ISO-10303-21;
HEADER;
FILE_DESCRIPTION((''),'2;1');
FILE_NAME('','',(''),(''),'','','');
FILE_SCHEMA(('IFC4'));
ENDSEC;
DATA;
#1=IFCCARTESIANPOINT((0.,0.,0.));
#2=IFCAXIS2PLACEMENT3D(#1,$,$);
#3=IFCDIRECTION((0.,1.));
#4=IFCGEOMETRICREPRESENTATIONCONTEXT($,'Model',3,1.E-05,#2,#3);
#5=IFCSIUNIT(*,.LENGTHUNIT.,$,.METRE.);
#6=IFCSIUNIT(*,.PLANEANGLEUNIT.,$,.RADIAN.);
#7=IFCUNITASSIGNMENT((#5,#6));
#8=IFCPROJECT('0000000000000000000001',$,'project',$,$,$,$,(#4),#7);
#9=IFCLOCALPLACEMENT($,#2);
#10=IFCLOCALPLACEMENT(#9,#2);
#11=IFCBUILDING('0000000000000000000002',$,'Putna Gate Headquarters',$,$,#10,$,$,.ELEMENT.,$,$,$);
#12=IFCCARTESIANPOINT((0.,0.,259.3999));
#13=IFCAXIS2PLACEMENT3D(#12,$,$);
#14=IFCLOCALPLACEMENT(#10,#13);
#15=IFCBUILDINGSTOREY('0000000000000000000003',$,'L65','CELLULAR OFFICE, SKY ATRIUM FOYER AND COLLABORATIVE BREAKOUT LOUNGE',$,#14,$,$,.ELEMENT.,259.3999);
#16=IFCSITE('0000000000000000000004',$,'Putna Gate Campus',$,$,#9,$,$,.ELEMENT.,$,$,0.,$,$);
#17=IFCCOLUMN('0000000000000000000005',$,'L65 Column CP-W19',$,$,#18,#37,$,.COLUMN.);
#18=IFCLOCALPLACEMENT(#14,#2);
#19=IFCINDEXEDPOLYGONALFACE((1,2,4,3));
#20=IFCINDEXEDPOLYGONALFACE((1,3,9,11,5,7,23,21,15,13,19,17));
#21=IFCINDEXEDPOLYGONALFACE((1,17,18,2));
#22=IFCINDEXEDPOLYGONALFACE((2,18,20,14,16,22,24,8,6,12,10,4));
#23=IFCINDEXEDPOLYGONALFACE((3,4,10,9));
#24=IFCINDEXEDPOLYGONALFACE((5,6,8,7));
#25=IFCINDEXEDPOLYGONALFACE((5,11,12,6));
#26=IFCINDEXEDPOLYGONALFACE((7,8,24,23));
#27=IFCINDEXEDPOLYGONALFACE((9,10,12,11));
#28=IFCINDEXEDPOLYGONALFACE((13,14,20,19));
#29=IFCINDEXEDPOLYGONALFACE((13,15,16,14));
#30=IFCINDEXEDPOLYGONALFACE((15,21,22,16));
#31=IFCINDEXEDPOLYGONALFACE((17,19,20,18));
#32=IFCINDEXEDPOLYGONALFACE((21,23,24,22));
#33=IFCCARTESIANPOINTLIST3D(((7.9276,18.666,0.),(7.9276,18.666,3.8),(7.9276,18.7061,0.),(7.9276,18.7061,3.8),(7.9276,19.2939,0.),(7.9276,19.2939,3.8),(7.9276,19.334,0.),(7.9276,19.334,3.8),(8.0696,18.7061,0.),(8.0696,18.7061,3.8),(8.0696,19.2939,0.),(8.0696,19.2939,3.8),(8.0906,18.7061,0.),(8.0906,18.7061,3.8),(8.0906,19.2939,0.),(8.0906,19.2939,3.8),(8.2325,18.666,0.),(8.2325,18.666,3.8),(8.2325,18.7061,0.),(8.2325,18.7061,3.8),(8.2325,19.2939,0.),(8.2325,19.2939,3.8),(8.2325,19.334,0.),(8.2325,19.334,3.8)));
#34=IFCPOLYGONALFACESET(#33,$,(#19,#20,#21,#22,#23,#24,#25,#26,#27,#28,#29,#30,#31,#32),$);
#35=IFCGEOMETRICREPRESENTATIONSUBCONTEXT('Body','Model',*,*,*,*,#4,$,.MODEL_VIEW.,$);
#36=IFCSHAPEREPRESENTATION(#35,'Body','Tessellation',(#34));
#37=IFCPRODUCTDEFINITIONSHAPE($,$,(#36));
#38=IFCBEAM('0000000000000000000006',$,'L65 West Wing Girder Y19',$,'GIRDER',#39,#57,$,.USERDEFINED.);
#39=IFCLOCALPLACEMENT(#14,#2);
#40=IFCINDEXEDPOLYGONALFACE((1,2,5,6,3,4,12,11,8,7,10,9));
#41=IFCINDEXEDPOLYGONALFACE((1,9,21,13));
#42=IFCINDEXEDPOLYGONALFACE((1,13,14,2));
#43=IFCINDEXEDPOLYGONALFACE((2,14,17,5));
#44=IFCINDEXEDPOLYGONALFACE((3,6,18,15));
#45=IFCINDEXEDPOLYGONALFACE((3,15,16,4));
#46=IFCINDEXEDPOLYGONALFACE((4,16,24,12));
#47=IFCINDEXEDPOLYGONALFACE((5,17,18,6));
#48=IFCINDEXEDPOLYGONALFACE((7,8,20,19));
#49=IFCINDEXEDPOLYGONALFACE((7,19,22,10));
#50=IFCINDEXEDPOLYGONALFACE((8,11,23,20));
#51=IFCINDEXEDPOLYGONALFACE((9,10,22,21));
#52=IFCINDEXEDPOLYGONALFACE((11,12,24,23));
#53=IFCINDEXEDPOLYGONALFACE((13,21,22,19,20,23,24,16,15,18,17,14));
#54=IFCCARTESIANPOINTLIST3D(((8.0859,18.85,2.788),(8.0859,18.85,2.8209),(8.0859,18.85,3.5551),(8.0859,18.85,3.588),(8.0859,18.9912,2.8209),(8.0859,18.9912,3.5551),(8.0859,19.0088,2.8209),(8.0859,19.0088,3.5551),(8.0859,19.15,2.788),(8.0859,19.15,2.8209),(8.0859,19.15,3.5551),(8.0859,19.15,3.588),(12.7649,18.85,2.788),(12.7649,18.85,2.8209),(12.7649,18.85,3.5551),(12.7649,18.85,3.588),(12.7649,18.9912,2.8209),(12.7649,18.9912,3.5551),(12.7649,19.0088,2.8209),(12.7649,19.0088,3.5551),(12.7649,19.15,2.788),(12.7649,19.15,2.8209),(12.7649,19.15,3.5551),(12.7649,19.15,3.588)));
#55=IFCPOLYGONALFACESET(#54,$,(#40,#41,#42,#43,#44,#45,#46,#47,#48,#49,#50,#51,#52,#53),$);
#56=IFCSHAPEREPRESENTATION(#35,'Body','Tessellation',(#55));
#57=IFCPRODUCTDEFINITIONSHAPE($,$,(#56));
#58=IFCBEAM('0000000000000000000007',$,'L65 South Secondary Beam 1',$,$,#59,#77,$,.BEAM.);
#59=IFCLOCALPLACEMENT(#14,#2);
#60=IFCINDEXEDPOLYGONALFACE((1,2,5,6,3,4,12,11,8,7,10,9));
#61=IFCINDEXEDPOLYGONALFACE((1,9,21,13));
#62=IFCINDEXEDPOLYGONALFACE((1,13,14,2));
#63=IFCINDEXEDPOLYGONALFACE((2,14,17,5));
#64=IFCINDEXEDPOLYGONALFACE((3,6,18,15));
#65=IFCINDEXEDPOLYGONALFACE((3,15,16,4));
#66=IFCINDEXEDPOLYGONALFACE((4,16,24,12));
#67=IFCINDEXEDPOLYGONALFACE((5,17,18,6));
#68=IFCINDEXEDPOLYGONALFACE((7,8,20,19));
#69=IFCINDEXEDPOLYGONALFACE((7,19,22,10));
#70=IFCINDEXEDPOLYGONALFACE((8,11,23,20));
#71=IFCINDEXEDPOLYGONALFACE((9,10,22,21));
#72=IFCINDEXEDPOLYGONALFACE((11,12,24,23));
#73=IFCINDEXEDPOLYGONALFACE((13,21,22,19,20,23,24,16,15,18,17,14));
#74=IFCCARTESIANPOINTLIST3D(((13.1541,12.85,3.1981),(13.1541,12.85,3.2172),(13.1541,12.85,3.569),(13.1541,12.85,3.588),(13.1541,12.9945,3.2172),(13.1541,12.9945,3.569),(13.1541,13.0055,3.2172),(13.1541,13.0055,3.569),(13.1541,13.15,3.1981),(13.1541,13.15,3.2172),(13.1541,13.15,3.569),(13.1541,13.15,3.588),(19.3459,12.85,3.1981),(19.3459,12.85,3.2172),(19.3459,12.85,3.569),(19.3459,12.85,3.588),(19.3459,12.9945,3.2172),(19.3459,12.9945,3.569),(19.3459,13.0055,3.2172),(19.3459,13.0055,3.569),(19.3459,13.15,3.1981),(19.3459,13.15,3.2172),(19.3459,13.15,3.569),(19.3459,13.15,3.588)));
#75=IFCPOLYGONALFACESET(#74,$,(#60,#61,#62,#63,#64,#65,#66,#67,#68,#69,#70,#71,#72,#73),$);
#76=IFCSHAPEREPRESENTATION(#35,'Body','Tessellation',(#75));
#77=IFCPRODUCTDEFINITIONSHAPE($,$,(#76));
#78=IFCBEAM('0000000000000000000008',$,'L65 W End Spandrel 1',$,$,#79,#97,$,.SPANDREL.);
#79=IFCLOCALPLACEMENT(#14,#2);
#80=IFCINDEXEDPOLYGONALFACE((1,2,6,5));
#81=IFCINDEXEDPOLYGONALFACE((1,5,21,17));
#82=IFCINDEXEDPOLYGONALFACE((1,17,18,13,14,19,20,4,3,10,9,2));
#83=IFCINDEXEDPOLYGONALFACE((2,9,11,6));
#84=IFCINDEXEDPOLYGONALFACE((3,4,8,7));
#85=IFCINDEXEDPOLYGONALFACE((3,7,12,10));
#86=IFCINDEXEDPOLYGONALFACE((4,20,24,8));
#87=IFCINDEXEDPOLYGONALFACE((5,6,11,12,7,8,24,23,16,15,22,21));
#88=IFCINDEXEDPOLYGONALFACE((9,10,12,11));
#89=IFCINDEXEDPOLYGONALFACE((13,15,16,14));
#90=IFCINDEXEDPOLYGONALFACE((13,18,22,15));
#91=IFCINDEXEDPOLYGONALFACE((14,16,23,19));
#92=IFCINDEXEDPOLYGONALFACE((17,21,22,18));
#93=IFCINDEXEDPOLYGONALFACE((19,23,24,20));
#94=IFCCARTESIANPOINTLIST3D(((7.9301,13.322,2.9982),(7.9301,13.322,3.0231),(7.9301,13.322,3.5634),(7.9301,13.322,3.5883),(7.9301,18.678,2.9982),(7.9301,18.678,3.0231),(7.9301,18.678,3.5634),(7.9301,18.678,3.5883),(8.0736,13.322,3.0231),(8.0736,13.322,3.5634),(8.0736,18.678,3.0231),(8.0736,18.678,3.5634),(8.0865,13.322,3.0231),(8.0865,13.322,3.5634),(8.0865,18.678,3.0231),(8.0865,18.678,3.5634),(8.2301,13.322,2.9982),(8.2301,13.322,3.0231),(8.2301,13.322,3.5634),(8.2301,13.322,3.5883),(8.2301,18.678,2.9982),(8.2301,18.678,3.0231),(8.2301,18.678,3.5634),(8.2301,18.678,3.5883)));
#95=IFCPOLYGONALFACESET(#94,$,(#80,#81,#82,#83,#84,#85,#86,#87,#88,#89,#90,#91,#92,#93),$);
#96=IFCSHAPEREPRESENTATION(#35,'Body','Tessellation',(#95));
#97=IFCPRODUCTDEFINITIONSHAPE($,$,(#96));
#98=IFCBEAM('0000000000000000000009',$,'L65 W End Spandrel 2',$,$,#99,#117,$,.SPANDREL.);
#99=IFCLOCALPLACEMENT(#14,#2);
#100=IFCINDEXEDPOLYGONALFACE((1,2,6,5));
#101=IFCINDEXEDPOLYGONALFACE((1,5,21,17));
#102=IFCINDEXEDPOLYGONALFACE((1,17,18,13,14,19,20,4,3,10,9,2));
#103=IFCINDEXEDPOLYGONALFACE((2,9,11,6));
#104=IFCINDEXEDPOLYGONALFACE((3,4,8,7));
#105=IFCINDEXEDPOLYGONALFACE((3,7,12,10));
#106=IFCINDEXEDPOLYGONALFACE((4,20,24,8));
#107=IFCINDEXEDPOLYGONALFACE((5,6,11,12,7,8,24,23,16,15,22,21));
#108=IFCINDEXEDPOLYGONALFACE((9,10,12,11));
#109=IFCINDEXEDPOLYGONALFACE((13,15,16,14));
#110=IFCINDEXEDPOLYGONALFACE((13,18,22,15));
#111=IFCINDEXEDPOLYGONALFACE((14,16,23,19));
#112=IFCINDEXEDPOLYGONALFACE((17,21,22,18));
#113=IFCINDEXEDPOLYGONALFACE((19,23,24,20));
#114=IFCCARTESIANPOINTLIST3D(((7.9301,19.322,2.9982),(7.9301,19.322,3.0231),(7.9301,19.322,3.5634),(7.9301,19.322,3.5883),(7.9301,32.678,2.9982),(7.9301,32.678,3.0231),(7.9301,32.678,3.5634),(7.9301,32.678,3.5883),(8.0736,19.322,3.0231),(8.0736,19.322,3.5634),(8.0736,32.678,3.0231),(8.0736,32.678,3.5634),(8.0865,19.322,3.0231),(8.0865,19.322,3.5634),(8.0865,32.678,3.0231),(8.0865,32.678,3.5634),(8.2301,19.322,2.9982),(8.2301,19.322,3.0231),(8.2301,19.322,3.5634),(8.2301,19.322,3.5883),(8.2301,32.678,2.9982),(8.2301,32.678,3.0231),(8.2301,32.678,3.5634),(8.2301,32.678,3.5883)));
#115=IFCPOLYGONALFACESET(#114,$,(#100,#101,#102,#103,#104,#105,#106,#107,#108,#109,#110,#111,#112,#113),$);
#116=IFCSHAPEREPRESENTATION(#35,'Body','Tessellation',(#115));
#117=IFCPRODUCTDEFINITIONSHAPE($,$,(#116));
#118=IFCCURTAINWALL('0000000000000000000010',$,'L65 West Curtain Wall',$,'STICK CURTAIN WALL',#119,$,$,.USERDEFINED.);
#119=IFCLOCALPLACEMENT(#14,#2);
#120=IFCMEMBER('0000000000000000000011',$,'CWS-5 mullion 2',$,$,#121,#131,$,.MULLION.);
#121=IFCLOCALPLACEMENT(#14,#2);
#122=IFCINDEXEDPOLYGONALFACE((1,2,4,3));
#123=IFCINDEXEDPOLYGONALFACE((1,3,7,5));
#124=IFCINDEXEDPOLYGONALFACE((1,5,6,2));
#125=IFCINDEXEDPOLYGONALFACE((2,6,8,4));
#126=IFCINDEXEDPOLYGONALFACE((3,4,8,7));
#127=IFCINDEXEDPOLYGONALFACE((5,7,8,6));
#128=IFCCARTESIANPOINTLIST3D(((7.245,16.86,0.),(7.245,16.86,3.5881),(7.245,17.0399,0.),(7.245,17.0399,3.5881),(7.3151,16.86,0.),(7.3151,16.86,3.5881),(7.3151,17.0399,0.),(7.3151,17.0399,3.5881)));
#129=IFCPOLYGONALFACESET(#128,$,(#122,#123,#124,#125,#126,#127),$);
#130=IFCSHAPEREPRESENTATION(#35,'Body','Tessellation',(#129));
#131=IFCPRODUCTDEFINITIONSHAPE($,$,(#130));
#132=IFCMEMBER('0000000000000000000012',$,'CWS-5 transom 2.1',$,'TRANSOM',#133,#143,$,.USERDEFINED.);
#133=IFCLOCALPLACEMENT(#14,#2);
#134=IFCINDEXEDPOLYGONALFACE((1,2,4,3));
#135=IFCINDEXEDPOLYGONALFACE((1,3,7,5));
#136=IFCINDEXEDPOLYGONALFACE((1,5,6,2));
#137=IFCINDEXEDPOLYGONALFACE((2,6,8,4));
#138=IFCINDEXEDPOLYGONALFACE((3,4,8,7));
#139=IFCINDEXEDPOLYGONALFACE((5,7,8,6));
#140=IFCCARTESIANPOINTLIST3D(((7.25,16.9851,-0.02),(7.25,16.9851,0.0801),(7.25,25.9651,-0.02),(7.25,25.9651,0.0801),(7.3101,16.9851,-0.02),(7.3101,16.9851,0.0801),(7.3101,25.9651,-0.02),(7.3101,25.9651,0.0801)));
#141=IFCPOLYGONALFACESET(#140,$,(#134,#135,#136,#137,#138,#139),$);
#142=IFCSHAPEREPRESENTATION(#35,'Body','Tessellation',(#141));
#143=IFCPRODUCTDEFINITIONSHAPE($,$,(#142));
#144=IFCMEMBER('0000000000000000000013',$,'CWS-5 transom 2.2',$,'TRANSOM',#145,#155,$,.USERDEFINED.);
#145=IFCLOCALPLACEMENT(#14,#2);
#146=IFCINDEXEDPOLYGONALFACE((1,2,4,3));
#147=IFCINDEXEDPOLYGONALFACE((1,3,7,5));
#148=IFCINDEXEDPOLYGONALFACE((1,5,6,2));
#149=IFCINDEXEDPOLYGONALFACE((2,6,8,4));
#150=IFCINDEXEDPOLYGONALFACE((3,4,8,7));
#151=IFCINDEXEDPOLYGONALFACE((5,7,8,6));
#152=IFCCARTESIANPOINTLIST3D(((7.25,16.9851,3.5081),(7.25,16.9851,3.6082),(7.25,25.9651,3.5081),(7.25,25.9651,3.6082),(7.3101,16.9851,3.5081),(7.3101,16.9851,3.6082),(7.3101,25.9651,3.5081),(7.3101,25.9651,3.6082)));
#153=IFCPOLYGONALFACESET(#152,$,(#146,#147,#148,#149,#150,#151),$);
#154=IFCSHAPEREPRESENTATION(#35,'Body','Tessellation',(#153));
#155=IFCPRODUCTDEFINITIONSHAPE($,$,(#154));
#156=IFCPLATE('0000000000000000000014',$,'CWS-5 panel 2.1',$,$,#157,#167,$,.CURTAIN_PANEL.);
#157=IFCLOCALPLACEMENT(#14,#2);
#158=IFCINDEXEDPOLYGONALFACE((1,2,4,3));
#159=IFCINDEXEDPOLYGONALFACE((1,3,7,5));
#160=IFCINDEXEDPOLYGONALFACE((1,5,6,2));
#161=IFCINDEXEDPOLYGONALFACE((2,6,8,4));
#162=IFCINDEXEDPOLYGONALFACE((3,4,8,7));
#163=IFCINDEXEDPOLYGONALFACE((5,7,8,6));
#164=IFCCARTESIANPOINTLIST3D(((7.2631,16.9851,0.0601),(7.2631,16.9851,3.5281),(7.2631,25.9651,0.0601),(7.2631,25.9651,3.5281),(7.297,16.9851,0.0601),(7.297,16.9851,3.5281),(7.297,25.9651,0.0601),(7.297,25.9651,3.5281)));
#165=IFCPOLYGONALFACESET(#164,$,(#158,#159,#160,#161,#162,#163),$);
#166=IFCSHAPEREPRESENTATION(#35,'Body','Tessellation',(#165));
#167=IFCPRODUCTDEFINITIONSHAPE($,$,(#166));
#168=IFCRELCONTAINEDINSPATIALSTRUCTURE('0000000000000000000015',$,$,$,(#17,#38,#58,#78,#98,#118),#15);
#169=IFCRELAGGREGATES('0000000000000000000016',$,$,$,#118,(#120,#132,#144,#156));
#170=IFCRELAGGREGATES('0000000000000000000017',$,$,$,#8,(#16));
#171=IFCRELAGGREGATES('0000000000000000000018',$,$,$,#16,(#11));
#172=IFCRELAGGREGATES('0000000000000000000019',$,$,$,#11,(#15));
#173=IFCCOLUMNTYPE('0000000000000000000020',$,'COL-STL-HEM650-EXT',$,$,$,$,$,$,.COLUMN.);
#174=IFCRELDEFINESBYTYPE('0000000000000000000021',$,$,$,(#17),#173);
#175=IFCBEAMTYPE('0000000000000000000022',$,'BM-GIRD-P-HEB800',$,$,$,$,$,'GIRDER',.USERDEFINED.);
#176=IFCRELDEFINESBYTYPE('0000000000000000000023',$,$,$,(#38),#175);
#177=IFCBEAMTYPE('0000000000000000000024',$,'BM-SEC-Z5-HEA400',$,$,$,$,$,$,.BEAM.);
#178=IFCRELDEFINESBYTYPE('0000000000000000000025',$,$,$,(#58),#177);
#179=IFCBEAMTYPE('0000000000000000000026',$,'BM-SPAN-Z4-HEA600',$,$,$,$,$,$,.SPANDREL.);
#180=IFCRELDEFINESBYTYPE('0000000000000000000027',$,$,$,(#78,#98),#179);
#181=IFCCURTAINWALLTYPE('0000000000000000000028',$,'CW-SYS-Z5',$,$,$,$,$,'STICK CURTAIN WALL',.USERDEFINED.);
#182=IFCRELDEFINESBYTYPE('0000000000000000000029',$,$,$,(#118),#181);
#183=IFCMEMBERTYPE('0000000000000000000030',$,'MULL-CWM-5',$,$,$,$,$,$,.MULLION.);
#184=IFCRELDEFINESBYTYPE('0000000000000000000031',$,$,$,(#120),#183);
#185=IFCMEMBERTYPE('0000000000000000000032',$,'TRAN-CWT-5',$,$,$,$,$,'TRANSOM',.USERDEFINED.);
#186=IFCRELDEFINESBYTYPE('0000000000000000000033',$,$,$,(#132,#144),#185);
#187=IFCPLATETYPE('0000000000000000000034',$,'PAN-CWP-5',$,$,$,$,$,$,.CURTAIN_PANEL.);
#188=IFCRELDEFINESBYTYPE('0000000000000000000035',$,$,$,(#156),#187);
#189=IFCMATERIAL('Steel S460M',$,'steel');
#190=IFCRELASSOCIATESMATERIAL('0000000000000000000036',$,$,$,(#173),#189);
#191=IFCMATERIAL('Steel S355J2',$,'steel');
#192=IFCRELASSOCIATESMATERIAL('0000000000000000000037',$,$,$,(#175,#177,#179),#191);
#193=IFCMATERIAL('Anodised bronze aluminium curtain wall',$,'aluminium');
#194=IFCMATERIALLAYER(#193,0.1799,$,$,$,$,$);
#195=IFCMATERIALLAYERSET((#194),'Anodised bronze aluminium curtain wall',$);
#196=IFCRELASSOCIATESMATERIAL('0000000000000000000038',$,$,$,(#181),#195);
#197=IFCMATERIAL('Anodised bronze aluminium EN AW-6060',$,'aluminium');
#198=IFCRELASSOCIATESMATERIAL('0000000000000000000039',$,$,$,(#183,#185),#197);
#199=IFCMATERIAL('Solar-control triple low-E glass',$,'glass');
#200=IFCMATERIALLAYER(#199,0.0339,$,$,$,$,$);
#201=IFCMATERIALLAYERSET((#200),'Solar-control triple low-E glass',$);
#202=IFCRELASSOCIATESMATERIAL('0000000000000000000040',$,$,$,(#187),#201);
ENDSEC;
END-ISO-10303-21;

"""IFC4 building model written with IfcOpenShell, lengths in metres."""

from ifc_helpers import new_model, si_unit, direction, frame, origin, origin_2d, place, context, subcontext, project, spatial, rectangle, i_section, extrude, material, layer, layer_set, material_profile, profile_set, type_object, element, aggregate, save


model = new_model("IFC4")

# Units and contexts
model_context = context("Model", 3, precision=1e-05, world=origin(), true_north=direction((0.0, 1.0)))
body_context = subcontext(model_context, "Body", "Model", "MODEL_VIEW")
ifc_project = project(units=[si_unit("LENGTHUNIT", "METRE"), si_unit("PLANEANGLEUNIT", "RADIAN")], contexts=[model_context])

# Site, building, storey
site_placement = place(None, origin())
site = spatial("IfcSite", under=ifc_project, at=site_placement, Name="Putna Gate Campus", CompositionType="ELEMENT", RefElevation=0.0)
building_placement = place(site_placement, origin())
building = spatial("IfcBuilding", under=site, at=building_placement, Name="Putna Gate Headquarters", CompositionType="ELEMENT")
storey_placement = place(building_placement, frame((0.0, 0.0, 259.3999)))
storey = spatial("IfcBuildingStorey", under=building, at=storey_placement, Name="L65", Description="CELLULAR OFFICE, SKY ATRIUM FOYER AND COLLABORATIVE BREAKOUT LOUNGE", CompositionType="ELEMENT", Elevation=259.3999)

# Column
ifc_material_1 = material(Name="Steel S460M", Category="steel")
ifc_material_profile_1 = material_profile(ifc_material_1, i_section(OverallWidth=0.3049, OverallDepth=0.668, WebThickness=0.021, FlangeThickness=0.04, at=origin_2d()), Name="Steel S460M")
ifc_profile_set_1 = profile_set([ifc_material_profile_1], Name="Steel S460M")
column_type = type_object("IfcColumnType", Name="COL-STL-HEM650-EXT", PredefinedType="COLUMN", material=ifc_profile_set_1)
column_placement = place(storey_placement, frame((8.0801, 19.0, 0.0), z_axis=(0.0, 0.0, 1.0), x_axis=(1.0, 0.0, 0.0)))
element("IfcColumn", 1, at=column_placement, inside=storey, type_object=column_type, Name="L65 Column CP-W19", PredefinedType="COLUMN", context=body_context, shape_type="SweptSolid", body=[
    extrude(i_section(OverallWidth=0.3049, OverallDepth=0.668, WebThickness=0.021, FlangeThickness=0.04, at=origin_2d()), origin(), (0.0, 0.0, 1.0), 3.8),
])

# Beams
ifc_material_2 = material(Name="Steel S355J2", Category="steel")
ifc_material_profile_2 = material_profile(ifc_material_2, i_section(OverallWidth=0.3, OverallDepth=0.8, WebThickness=0.0176, FlangeThickness=0.033, at=origin_2d()), Name="Steel S355J2")
ifc_profile_set_2 = profile_set([ifc_material_profile_2], Name="Steel S355J2")
beam_type_1 = type_object("IfcBeamType", Name="BM-GIRD-P-HEB800", ElementType="GIRDER", PredefinedType="USERDEFINED", material=ifc_profile_set_2)
beam_1_placement = place(storey_placement, frame((8.0859, 19.0, 3.188), z_axis=(1.0, 0.0, 0.0), x_axis=(0.0, 1.0, 0.0)))
element("IfcBeam", 2, at=beam_1_placement, inside=storey, type_object=beam_type_1, Name="L65 West Wing Girder Y19", ObjectType="GIRDER", PredefinedType="USERDEFINED", context=body_context, shape_type="SweptSolid", body=[
    extrude(i_section(OverallWidth=0.3, OverallDepth=0.8, WebThickness=0.0176, FlangeThickness=0.033, at=origin_2d()), origin(), (0.0, 0.0, 1.0), 4.679),
])
ifc_material_profile_3 = material_profile(ifc_material_2, i_section(OverallWidth=0.3, OverallDepth=0.3899, WebThickness=0.011, FlangeThickness=0.019, at=origin_2d()), Name="Steel S355J2")
ifc_profile_set_3 = profile_set([ifc_material_profile_3], Name="Steel S355J2")
beam_type_2 = type_object("IfcBeamType", Name="BM-SEC-Z5-HEA400", PredefinedType="BEAM", material=ifc_profile_set_3)
beam_2_placement = place(storey_placement, frame((13.1541, 13.0, 3.3931), z_axis=(1.0, 0.0, 0.0), x_axis=(0.0, 1.0, 0.0)))
element("IfcBeam", 3, at=beam_2_placement, inside=storey, type_object=beam_type_2, Name="L65 South Secondary Beam 1", PredefinedType="BEAM", context=body_context, shape_type="SweptSolid", body=[
    extrude(i_section(OverallWidth=0.3, OverallDepth=0.3899, WebThickness=0.011, FlangeThickness=0.019, at=origin_2d()), origin(), (0.0, 0.0, 1.0), 6.1919),
])
ifc_material_profile_4 = material_profile(ifc_material_2, i_section(OverallWidth=0.3, OverallDepth=0.5901, WebThickness=0.0129, FlangeThickness=0.0249, at=origin_2d()), Name="Steel S355J2")
ifc_profile_set_4 = profile_set([ifc_material_profile_4], Name="Steel S355J2")
beam_type_3 = type_object("IfcBeamType", Name="BM-SPAN-Z4-HEA600", PredefinedType="SPANDREL", material=ifc_profile_set_4)
beam_3_placement = place(storey_placement, frame((8.0801, 13.322, 3.2932), z_axis=(0.0, 1.0, 0.0), x_axis=(-1.0, 0.0, 0.0)))
element("IfcBeam", 4, at=beam_3_placement, inside=storey, type_object=beam_type_3, Name="L65 W End Spandrel 1", PredefinedType="SPANDREL", context=body_context, shape_type="SweptSolid", body=[
    extrude(i_section(OverallWidth=0.3, OverallDepth=0.5901, WebThickness=0.0129, FlangeThickness=0.0249, at=origin_2d()), origin(), (0.0, 0.0, 1.0), 5.356),
])
beam_4_placement = place(storey_placement, frame((8.0801, 19.322, 3.2932), z_axis=(0.0, 1.0, 0.0), x_axis=(-1.0, 0.0, 0.0)))
element("IfcBeam", 5, at=beam_4_placement, inside=storey, type_object=beam_type_3, Name="L65 W End Spandrel 2", PredefinedType="SPANDREL", context=body_context, shape_type="SweptSolid", body=[
    extrude(i_section(OverallWidth=0.3, OverallDepth=0.5901, WebThickness=0.0129, FlangeThickness=0.0249, at=origin_2d()), origin(), (0.0, 0.0, 1.0), 13.356),
])

# Curtain wall, members, plate
ifc_material_3 = material(Name="Anodised bronze aluminium curtain wall", Category="aluminium")
ifc_layer_1 = layer(ifc_material_3, 0.1799)
ifc_layer_set_1 = layer_set([ifc_layer_1], Name="Anodised bronze aluminium curtain wall")
curtain_wall_type = type_object("IfcCurtainWallType", Name="CW-SYS-Z5", ElementType="STICK CURTAIN WALL", PredefinedType="USERDEFINED", material=ifc_layer_set_1)
curtain_wall_placement = place(storey_placement, origin())
curtain_wall = element("IfcCurtainWall", 6, at=curtain_wall_placement, inside=storey, type_object=curtain_wall_type, Name="L65 West Curtain Wall", ObjectType="STICK CURTAIN WALL", PredefinedType="USERDEFINED")
ifc_material_4 = material(Name="Anodised bronze aluminium EN AW-6060", Category="aluminium")
ifc_material_profile_5 = material_profile(ifc_material_4, rectangle(XDim=0.0701, YDim=0.1799, at=origin_2d()), Name="Anodised bronze aluminium EN AW-6060")
ifc_profile_set_5 = profile_set([ifc_material_profile_5], Name="Anodised bronze aluminium EN AW-6060")
member_type_1 = type_object("IfcMemberType", Name="MULL-CWM-5", PredefinedType="MULLION", material=ifc_profile_set_5)
member_1_placement = place(storey_placement, frame((7.28, 16.95, 0.0), z_axis=(0.0, 0.0, 1.0), x_axis=(-1.0, 0.0, 0.0)))
member_1 = element("IfcMember", 7, at=member_1_placement, type_object=member_type_1, Name="CWS-5 mullion 2", PredefinedType="MULLION", context=body_context, shape_type="SweptSolid", body=[
    extrude(rectangle(XDim=0.0701, YDim=0.1799, at=origin_2d()), origin(), (0.0, 0.0, 1.0), 3.5881),
])
ifc_material_profile_6 = material_profile(ifc_material_4, rectangle(XDim=0.0601, YDim=0.1001, at=origin_2d()), Name="Anodised bronze aluminium EN AW-6060")
ifc_profile_set_6 = profile_set([ifc_material_profile_6], Name="Anodised bronze aluminium EN AW-6060")
member_type_2 = type_object("IfcMemberType", Name="TRAN-CWT-5", ElementType="TRANSOM", PredefinedType="USERDEFINED", material=ifc_profile_set_6)
member_2_placement = place(storey_placement, frame((7.28, 16.9851, 0.03), z_axis=(0.0, 1.0, 0.0), x_axis=(-1.0, 0.0, 0.0)))
member_2 = element("IfcMember", 8, at=member_2_placement, type_object=member_type_2, Name="CWS-5 transom 2.1", ObjectType="TRANSOM", PredefinedType="USERDEFINED", context=body_context, shape_type="SweptSolid", body=[
    extrude(rectangle(XDim=0.0601, YDim=0.1001, at=origin_2d()), origin(), (0.0, 0.0, 1.0), 8.98),
])
member_3_placement = place(storey_placement, frame((7.28, 16.9851, 3.5581), z_axis=(0.0, 1.0, 0.0), x_axis=(-1.0, 0.0, 0.0)))
member_3 = element("IfcMember", 9, at=member_3_placement, type_object=member_type_2, Name="CWS-5 transom 2.2", ObjectType="TRANSOM", PredefinedType="USERDEFINED", context=body_context, shape_type="SweptSolid", body=[
    extrude(rectangle(XDim=0.0601, YDim=0.1001, at=origin_2d()), origin(), (0.0, 0.0, 1.0), 8.98),
])
ifc_material_5 = material(Name="Solar-control triple low-E glass", Category="glass")
ifc_layer_2 = layer(ifc_material_5, 0.0339)
ifc_layer_set_2 = layer_set([ifc_layer_2], Name="Solar-control triple low-E glass")
plate_type = type_object("IfcPlateType", Name="PAN-CWP-5", PredefinedType="CURTAIN_PANEL", material=ifc_layer_set_2)
plate_placement = place(storey_placement, frame((7.28, 21.4751, 0.0601), z_axis=(0.0, 0.0, 1.0), x_axis=(0.0, 1.0, 0.0)))
plate = element("IfcPlate", 10, at=plate_placement, type_object=plate_type, Name="CWS-5 panel 2.1", PredefinedType="CURTAIN_PANEL", context=body_context, shape_type="SweptSolid", body=[
    extrude(rectangle(XDim=8.98, YDim=0.0339, at=origin_2d()), origin(), (0.0, 0.0, 1.0), 3.468),
])
aggregate(curtain_wall, [member_1, member_2, member_3, plate])

save(model, "model.ifc")
